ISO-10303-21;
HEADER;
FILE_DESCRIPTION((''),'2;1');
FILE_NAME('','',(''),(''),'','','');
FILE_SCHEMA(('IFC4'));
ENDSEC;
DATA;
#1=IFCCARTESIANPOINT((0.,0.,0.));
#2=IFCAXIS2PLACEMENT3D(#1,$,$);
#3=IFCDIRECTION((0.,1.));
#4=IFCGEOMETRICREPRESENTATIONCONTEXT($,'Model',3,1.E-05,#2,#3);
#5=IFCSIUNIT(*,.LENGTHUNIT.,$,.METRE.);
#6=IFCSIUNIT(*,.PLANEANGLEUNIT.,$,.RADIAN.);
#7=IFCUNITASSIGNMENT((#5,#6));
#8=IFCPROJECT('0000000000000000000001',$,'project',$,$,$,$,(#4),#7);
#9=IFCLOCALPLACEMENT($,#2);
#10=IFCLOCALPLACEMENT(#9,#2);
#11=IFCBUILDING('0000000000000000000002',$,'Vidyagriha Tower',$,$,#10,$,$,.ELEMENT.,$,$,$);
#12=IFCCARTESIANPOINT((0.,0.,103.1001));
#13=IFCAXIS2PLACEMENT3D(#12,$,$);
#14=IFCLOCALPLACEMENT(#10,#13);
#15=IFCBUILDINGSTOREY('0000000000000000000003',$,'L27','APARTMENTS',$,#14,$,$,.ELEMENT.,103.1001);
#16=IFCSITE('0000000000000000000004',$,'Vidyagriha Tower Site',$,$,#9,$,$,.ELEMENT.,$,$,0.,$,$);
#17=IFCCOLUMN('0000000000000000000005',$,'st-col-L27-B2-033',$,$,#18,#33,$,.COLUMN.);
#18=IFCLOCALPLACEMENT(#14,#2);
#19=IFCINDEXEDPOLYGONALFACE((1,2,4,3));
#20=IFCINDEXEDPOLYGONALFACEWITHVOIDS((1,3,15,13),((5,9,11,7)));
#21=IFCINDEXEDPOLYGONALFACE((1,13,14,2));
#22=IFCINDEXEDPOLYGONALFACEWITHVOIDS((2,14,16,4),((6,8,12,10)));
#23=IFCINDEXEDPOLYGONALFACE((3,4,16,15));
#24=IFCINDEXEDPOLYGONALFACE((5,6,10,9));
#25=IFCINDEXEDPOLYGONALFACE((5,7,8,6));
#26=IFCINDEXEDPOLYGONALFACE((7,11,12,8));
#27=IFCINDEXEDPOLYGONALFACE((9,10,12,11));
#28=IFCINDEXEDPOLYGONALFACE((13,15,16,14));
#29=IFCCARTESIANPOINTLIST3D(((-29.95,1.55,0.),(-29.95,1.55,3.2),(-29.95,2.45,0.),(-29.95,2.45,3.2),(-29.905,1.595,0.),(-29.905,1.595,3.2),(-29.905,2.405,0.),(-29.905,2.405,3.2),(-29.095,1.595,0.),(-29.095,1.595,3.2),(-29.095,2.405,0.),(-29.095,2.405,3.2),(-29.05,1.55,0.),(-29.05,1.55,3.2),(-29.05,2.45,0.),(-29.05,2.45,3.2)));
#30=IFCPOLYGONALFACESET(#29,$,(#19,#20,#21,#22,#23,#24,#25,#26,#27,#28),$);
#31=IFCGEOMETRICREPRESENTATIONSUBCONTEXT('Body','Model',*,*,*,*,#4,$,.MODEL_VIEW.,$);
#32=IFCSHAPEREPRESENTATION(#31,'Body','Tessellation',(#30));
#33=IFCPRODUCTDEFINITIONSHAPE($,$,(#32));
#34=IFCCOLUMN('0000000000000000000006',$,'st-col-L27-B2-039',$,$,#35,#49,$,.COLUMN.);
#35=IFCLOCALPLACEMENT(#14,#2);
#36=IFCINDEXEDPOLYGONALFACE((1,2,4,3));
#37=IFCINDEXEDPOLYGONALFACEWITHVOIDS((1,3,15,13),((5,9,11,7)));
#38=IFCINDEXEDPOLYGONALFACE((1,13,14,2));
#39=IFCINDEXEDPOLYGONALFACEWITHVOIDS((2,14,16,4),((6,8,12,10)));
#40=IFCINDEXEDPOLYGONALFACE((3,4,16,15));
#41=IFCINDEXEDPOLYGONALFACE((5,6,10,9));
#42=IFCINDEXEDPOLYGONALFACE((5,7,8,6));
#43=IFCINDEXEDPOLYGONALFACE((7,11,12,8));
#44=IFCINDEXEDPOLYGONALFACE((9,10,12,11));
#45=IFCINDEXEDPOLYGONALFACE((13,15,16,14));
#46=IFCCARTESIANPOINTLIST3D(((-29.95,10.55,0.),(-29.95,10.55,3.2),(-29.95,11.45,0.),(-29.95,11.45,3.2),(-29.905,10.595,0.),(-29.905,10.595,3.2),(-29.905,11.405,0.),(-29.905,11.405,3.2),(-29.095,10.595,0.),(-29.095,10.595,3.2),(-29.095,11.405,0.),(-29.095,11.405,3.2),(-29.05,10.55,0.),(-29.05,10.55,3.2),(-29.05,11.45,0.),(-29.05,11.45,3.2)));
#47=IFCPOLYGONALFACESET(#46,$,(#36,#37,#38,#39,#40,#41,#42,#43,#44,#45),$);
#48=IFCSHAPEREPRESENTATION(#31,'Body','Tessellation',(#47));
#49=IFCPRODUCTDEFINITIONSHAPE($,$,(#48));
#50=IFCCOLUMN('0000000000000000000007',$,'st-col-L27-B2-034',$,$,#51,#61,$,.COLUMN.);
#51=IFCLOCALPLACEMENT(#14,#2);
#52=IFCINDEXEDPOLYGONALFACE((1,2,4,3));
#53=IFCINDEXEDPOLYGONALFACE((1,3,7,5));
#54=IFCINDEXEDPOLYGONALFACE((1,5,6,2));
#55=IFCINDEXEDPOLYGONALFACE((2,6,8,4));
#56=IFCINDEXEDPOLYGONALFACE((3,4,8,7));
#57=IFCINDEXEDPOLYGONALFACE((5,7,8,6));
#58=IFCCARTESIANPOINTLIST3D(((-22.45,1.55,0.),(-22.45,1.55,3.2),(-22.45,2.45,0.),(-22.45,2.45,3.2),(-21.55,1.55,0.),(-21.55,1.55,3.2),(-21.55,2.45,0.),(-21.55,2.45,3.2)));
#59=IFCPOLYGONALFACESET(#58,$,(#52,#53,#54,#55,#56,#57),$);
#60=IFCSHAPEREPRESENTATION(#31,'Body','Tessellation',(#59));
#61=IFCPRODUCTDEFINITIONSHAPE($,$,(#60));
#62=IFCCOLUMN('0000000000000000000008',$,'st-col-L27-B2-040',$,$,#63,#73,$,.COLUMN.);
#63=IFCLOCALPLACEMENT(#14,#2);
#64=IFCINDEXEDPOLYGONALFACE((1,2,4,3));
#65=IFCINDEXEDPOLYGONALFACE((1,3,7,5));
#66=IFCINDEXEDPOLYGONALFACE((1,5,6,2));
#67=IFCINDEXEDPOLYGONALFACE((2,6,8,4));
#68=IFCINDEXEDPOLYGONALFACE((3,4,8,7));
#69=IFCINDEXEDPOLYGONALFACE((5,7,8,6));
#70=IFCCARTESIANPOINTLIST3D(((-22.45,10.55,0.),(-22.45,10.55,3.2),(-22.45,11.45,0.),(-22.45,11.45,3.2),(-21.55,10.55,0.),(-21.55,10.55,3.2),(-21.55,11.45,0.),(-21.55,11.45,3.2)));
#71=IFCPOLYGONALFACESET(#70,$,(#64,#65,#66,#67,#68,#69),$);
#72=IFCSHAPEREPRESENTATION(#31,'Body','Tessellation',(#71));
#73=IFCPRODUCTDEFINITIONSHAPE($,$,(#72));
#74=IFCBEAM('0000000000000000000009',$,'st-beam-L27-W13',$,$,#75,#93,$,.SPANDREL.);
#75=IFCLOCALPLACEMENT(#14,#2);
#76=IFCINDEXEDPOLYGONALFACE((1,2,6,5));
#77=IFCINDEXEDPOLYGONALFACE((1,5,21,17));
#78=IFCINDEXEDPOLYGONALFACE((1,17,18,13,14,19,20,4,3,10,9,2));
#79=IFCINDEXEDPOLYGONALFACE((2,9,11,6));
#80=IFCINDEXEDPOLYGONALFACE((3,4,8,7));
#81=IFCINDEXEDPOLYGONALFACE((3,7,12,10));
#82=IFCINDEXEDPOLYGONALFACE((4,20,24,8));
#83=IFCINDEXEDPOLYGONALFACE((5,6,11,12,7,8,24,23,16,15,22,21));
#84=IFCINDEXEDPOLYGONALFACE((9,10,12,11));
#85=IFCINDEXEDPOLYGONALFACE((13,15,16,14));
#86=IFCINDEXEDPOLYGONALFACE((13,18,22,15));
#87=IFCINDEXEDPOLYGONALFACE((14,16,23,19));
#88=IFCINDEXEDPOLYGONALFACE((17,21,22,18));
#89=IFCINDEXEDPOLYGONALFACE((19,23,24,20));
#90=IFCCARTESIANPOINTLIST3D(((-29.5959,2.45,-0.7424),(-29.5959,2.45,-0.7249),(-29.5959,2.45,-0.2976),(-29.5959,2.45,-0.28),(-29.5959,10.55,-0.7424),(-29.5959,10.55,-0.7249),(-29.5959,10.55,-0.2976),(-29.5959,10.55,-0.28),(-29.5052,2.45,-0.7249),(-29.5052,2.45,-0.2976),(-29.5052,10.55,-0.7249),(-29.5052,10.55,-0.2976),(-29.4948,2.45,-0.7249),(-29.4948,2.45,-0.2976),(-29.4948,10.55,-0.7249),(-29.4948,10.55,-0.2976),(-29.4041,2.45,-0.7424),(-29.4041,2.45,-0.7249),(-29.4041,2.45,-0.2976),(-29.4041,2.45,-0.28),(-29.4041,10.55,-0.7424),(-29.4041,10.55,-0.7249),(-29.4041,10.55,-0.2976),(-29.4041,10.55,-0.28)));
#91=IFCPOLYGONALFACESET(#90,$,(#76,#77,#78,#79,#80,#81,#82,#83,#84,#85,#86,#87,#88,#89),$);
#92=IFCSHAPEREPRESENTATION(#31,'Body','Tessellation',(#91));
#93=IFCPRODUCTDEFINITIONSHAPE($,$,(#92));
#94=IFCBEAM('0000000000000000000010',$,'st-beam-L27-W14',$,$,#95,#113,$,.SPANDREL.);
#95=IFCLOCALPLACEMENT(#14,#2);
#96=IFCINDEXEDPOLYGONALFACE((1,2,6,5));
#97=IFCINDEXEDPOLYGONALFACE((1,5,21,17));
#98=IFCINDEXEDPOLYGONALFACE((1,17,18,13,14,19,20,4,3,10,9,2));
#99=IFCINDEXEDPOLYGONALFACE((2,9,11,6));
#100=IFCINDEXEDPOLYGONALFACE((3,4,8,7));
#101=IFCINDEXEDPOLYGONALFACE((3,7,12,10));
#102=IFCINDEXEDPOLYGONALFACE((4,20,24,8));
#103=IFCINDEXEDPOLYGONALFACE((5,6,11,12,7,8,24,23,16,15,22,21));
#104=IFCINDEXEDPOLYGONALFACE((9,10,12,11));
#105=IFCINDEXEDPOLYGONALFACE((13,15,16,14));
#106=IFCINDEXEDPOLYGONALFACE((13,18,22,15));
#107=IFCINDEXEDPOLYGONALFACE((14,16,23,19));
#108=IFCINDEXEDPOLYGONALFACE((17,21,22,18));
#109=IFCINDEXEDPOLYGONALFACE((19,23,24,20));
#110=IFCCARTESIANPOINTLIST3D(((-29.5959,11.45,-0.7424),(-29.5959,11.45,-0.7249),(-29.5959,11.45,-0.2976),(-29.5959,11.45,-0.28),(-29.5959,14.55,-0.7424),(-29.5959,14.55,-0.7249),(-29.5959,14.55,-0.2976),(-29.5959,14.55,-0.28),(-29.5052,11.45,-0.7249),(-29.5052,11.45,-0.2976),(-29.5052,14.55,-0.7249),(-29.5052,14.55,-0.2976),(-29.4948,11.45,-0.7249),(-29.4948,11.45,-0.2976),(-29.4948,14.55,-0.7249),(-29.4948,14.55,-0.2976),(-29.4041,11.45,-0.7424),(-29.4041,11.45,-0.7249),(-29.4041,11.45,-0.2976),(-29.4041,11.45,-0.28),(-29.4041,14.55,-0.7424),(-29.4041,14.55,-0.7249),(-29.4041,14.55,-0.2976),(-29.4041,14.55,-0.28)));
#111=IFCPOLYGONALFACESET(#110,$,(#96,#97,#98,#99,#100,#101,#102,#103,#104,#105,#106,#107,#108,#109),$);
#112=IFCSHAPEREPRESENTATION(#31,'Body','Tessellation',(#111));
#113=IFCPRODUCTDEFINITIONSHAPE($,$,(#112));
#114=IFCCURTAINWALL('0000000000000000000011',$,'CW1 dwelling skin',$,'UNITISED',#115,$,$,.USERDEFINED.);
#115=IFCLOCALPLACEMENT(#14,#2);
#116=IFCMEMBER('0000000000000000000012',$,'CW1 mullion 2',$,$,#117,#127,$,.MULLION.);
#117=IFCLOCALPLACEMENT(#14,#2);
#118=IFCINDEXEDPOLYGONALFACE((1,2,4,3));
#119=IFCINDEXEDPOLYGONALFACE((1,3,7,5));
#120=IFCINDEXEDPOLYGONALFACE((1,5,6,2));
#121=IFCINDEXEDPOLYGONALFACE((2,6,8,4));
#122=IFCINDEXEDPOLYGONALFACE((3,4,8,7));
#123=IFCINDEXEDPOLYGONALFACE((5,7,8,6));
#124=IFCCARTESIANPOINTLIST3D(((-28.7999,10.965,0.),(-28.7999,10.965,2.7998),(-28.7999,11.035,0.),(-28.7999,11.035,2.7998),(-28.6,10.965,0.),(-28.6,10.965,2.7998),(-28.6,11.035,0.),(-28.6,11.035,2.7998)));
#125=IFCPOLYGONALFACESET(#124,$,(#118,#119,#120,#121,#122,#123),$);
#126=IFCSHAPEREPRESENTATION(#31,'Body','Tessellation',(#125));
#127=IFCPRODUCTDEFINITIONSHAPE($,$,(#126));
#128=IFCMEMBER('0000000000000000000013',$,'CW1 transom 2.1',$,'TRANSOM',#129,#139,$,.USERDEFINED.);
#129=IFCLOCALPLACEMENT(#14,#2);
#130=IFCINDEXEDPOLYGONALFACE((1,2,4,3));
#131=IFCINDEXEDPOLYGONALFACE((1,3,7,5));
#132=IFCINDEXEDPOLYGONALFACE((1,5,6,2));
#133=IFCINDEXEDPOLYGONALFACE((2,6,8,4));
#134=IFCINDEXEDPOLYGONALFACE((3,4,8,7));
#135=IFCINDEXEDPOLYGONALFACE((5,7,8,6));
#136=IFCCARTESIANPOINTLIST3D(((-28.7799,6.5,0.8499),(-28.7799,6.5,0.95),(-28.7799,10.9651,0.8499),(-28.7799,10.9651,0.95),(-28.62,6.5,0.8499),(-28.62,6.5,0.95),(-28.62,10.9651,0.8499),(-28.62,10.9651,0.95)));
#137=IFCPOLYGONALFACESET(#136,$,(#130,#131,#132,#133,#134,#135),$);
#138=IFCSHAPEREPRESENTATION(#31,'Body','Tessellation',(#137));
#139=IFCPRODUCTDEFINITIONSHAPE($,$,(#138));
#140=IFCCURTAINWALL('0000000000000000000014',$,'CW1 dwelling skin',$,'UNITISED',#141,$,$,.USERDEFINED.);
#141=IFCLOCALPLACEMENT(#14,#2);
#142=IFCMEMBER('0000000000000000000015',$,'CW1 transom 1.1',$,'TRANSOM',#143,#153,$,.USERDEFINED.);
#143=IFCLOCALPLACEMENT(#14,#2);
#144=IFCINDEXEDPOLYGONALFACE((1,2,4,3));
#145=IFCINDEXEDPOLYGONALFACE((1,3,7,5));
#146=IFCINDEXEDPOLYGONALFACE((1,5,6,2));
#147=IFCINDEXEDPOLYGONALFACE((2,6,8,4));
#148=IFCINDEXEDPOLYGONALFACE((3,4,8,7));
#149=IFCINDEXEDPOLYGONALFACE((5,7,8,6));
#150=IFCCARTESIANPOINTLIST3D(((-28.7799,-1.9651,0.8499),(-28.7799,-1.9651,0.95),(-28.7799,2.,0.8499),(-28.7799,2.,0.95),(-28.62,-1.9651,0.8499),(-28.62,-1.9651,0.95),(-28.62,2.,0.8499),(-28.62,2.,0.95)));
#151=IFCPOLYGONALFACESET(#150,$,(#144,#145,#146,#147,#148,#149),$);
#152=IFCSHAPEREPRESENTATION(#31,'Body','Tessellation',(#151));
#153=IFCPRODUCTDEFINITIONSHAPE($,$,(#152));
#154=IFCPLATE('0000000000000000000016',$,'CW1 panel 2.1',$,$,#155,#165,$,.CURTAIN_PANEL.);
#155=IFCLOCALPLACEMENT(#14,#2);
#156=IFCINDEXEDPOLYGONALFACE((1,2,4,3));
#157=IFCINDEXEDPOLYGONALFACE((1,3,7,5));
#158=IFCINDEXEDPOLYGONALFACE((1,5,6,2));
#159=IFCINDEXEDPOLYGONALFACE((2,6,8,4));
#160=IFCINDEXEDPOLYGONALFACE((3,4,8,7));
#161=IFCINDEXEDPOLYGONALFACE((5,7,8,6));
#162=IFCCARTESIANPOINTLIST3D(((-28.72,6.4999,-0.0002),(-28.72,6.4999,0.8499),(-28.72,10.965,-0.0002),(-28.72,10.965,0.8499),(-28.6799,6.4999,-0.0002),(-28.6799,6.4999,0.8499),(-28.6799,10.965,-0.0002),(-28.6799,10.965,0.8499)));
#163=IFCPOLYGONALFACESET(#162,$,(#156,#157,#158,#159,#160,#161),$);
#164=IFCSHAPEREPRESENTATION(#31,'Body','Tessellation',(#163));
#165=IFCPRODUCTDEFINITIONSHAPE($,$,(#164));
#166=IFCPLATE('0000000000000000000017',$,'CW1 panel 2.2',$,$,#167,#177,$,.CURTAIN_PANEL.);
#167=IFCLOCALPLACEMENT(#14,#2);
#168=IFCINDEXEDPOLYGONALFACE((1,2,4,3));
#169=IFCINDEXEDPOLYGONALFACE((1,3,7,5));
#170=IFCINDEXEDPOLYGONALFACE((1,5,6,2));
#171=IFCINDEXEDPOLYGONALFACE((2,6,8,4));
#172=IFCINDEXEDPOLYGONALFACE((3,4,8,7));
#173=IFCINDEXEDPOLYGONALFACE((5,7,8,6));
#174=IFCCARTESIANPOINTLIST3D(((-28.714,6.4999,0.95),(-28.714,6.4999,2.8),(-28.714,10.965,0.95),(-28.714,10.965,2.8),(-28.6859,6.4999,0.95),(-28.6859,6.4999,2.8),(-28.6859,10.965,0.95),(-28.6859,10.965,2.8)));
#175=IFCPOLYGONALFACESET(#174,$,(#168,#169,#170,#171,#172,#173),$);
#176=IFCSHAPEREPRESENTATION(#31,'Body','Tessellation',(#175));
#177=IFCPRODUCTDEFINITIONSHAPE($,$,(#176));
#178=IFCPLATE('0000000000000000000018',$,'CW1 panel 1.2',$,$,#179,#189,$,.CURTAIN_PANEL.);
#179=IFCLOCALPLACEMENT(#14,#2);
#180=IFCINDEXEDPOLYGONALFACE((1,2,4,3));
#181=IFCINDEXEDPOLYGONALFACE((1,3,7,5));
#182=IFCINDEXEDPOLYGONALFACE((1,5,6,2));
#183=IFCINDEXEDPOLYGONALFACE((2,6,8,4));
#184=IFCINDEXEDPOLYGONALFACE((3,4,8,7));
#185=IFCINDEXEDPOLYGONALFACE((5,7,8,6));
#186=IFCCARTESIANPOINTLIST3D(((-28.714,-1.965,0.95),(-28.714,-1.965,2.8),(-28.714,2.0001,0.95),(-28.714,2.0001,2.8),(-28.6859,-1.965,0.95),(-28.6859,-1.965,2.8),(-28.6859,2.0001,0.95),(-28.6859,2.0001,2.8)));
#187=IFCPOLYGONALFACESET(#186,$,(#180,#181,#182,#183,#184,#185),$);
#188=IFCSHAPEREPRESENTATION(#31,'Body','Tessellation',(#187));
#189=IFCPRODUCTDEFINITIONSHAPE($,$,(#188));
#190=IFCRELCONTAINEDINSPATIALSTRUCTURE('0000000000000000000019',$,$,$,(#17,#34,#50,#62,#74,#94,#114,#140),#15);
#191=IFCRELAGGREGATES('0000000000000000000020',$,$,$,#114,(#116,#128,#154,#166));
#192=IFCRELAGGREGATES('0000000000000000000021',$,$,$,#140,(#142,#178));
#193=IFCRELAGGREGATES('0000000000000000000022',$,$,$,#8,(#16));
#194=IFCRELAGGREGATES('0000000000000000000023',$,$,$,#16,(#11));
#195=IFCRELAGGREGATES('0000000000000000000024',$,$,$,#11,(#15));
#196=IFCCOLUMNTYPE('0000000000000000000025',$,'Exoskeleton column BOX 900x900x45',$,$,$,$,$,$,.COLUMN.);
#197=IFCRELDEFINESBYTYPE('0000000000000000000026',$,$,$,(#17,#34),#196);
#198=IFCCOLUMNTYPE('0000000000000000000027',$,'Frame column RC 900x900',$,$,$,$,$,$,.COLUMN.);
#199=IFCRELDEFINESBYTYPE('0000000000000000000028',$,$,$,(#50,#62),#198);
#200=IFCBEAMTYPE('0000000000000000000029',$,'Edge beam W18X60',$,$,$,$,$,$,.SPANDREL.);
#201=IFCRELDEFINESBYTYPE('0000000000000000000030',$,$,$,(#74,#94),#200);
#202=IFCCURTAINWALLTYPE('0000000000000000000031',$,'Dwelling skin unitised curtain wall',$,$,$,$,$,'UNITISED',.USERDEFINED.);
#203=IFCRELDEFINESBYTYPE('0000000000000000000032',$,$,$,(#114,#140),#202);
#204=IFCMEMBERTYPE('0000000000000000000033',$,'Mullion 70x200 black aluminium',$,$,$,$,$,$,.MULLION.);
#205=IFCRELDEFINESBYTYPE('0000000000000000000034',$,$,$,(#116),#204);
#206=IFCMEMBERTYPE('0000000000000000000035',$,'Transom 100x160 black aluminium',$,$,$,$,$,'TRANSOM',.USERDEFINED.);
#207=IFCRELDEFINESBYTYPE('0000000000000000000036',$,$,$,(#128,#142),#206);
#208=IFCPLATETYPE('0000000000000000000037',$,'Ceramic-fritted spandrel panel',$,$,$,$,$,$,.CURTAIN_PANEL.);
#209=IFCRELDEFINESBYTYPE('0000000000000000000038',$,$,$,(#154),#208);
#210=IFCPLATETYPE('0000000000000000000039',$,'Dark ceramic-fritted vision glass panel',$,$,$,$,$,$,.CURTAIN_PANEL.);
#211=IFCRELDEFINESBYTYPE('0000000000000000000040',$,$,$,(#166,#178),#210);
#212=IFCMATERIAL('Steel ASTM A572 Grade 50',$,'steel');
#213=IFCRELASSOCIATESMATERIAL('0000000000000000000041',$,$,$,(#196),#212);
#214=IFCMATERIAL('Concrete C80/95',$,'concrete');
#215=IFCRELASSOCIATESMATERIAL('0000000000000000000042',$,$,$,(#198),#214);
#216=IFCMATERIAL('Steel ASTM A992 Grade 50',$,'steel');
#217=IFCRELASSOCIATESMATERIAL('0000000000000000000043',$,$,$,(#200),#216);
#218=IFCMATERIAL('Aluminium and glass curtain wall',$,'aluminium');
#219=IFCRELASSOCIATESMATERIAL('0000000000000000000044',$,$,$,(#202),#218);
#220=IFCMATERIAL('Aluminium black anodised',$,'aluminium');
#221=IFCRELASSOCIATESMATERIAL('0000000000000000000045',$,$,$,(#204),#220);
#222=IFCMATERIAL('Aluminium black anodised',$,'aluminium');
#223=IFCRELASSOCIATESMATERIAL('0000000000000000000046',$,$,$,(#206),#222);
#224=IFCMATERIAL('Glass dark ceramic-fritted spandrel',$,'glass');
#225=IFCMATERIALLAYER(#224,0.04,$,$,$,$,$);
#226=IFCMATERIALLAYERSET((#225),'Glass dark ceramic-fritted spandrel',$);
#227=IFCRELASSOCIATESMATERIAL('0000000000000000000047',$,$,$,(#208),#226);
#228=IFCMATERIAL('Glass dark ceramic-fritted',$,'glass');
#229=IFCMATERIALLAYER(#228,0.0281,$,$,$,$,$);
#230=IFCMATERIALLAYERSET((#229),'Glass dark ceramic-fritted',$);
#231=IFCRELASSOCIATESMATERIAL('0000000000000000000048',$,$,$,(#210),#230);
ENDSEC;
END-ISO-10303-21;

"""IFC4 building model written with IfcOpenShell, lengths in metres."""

from ifc_helpers import new_model, si_unit, direction, frame, origin, origin_2d, place, context, subcontext, project, spatial, rectangle, hollow_rectangle, i_section, extrude, material, layer, layer_set, material_profile, profile_set, type_object, element, aggregate, save


model = new_model("IFC4")

# Units and contexts
model_context = context("Model", 3, precision=1e-05, world=origin(), true_north=direction((0.0, 1.0)))
body_context = subcontext(model_context, "Body", "Model", "MODEL_VIEW")
ifc_project = project(units=[si_unit("LENGTHUNIT", "METRE"), si_unit("PLANEANGLEUNIT", "RADIAN")], contexts=[model_context])

# Site, building, storey
site_placement = place(None, origin())
site = spatial("IfcSite", under=ifc_project, at=site_placement, Name="Vidyagriha Tower Site", CompositionType="ELEMENT", RefElevation=0.0)
building_placement = place(site_placement, origin())
building = spatial("IfcBuilding", under=site, at=building_placement, Name="Vidyagriha Tower", CompositionType="ELEMENT")
storey_placement = place(building_placement, frame((0.0, 0.0, 103.1001)))
storey = spatial("IfcBuildingStorey", under=building, at=storey_placement, Name="L27", Description="APARTMENTS", CompositionType="ELEMENT", Elevation=103.1001)

# Columns
ifc_material_1 = material(Name="Steel ASTM A572 Grade 50", Category="steel")
ifc_material_profile_1 = material_profile(ifc_material_1, hollow_rectangle(XDim=0.8999, YDim=0.8999, WallThickness=0.0449, at=origin_2d()), Name="BOX 900x900x45")
ifc_profile_set_1 = profile_set([ifc_material_profile_1], Name="Steel ASTM A572 Grade 50")
column_type_1 = type_object("IfcColumnType", Name="Exoskeleton column BOX 900x900x45", PredefinedType="COLUMN", material=ifc_profile_set_1)
for number, where, name in (
    (1, (-29.5, 2.0, 0.0), "st-col-L27-B2-033"),
    (2, (-29.5, 11.0, 0.0), "st-col-L27-B2-039"),
):
    element("IfcColumn", number, at=place(storey_placement, frame(where)), inside=storey, type_object=column_type_1, Name=name, PredefinedType="COLUMN", context=body_context, shape_type="SweptSolid", body=[
        extrude(hollow_rectangle(XDim=0.8999, YDim=0.8999, WallThickness=0.0449, at=origin_2d()), origin(), (0.0, 0.0, 1.0), 3.2),
    ])
ifc_material_2 = material(Name="Concrete C80/95", Category="concrete")
ifc_material_profile_2 = material_profile(ifc_material_2, rectangle(XDim=0.8999, YDim=0.8999, at=origin_2d()), Name="RC 900x900")
ifc_profile_set_2 = profile_set([ifc_material_profile_2], Name="Concrete C80/95")
column_type_2 = type_object("IfcColumnType", Name="Frame column RC 900x900", PredefinedType="COLUMN", material=ifc_profile_set_2)
for number, where, name in (
    (3, (-22.0, 2.0, 0.0), "st-col-L27-B2-034"),
    (4, (-22.0, 11.0, 0.0), "st-col-L27-B2-040"),
):
    element("IfcColumn", number, at=place(storey_placement, frame(where)), inside=storey, type_object=column_type_2, Name=name, PredefinedType="COLUMN", context=body_context, shape_type="SweptSolid", body=[
        extrude(rectangle(XDim=0.8999, YDim=0.8999, at=origin_2d()), origin(), (0.0, 0.0, 1.0), 3.2),
    ])

# Beams
ifc_material_3 = material(Name="Steel ASTM A992 Grade 50", Category="steel")
ifc_material_profile_3 = material_profile(ifc_material_3, i_section(OverallWidth=0.1919, OverallDepth=0.4624, WebThickness=0.0105, FlangeThickness=0.0176, at=origin_2d()), Name="W18X60")
ifc_profile_set_3 = profile_set([ifc_material_profile_3], Name="Steel ASTM A992 Grade 50")
beam_type = type_object("IfcBeamType", Name="Edge beam W18X60", PredefinedType="SPANDREL", material=ifc_profile_set_3)
beam_1_placement = place(storey_placement, frame((-29.5, 2.45, -0.5112), z_axis=(0.0, 1.0, 0.0), x_axis=(-1.0, 0.0, 0.0)))
element("IfcBeam", 5, at=beam_1_placement, inside=storey, type_object=beam_type, Name="st-beam-L27-W13", PredefinedType="SPANDREL", context=body_context, shape_type="SweptSolid", body=[
    extrude(i_section(OverallWidth=0.1919, OverallDepth=0.4624, WebThickness=0.0105, FlangeThickness=0.0176, at=origin_2d()), origin(), (0.0, 0.0, 1.0), 8.1001),
])
beam_2_placement = place(storey_placement, frame((-29.5, 11.45, -0.5112), z_axis=(0.0, 1.0, 0.0), x_axis=(-1.0, 0.0, 0.0)))
element("IfcBeam", 6, at=beam_2_placement, inside=storey, type_object=beam_type, Name="st-beam-L27-W14", PredefinedType="SPANDREL", context=body_context, shape_type="SweptSolid", body=[
    extrude(i_section(OverallWidth=0.1919, OverallDepth=0.4624, WebThickness=0.0105, FlangeThickness=0.0176, at=origin_2d()), origin(), (0.0, 0.0, 1.0), 3.1001),
])

# Curtain wall, members
ifc_material_4 = material(Name="Aluminium and glass curtain wall", Category="aluminium")
curtain_wall_type = type_object("IfcCurtainWallType", Name="Dwelling skin unitised curtain wall", ElementType="UNITISED", PredefinedType="USERDEFINED", material=ifc_material_4)
curtain_wall_1_placement = place(storey_placement, origin())
curtain_wall_1 = element("IfcCurtainWall", 7, at=curtain_wall_1_placement, inside=storey, type_object=curtain_wall_type, Name="CW1 dwelling skin", ObjectType="UNITISED", PredefinedType="USERDEFINED")
ifc_material_5 = material(Name="Aluminium black anodised", Category="aluminium")
ifc_material_profile_4 = material_profile(ifc_material_5, rectangle(XDim=0.2, YDim=0.0701, at=origin_2d()), Name="Mullion 70x200 black aluminium")
ifc_profile_set_4 = profile_set([ifc_material_profile_4], Name="Aluminium black anodised")
member_type_1 = type_object("IfcMemberType", Name="Mullion 70x200 black aluminium", PredefinedType="MULLION", material=ifc_profile_set_4)
member_1_placement = place(storey_placement, frame((-28.7, 11.0, 0.0)))
member_1 = element("IfcMember", 8, at=member_1_placement, type_object=member_type_1, Name="CW1 mullion 2", PredefinedType="MULLION", context=body_context, shape_type="SweptSolid", body=[
    extrude(rectangle(XDim=0.2, YDim=0.0701, at=origin_2d()), origin(), (0.0, 0.0, 1.0), 2.7998),
])
ifc_material_6 = material(Name="Aluminium black anodised", Category="aluminium")
ifc_material_profile_5 = material_profile(ifc_material_6, rectangle(XDim=0.1599, YDim=0.1001, at=origin_2d()), Name="Transom 100x160 black aluminium")
ifc_profile_set_5 = profile_set([ifc_material_profile_5], Name="Aluminium black anodised")
member_type_2 = type_object("IfcMemberType", Name="Transom 100x160 black aluminium", ElementType="TRANSOM", PredefinedType="USERDEFINED", material=ifc_profile_set_5)
member_2_placement = place(storey_placement, frame((-28.7, 10.9651, 0.8999), z_axis=(0.0, -1.0, 0.0), x_axis=(1.0, 0.0, 0.0)))
member_2 = element("IfcMember", 9, at=member_2_placement, type_object=member_type_2, Name="CW1 transom 2.1", ObjectType="TRANSOM", PredefinedType="USERDEFINED", context=body_context, shape_type="SweptSolid", body=[
    extrude(rectangle(XDim=0.1599, YDim=0.1001, at=origin_2d()), origin(), (0.0, 0.0, 1.0), 4.4651),
])

# Curtain wall, member
curtain_wall_2_placement = place(storey_placement, origin())
curtain_wall_2 = element("IfcCurtainWall", 10, at=curtain_wall_2_placement, inside=storey, type_object=curtain_wall_type, Name="CW1 dwelling skin", ObjectType="UNITISED", PredefinedType="USERDEFINED")
member_3_placement = place(storey_placement, frame((-28.7, 2.0, 0.8999), z_axis=(0.0, -1.0, 0.0), x_axis=(1.0, 0.0, 0.0)))
member_3 = element("IfcMember", 11, at=member_3_placement, type_object=member_type_2, Name="CW1 transom 1.1", ObjectType="TRANSOM", PredefinedType="USERDEFINED", context=body_context, shape_type="SweptSolid", body=[
    extrude(rectangle(XDim=0.1599, YDim=0.1001, at=origin_2d()), origin(), (0.0, 0.0, 1.0), 3.9651),
])

# Plates
ifc_material_7 = material(Name="Glass dark ceramic-fritted spandrel", Category="glass")
ifc_layer_1 = layer(ifc_material_7, 0.04)
ifc_layer_set_1 = layer_set([ifc_layer_1], Name="Glass dark ceramic-fritted spandrel")
plate_type_1 = type_object("IfcPlateType", Name="Ceramic-fritted spandrel panel", PredefinedType="CURTAIN_PANEL", material=ifc_layer_set_1)
plate_1_placement = place(storey_placement, frame((-28.7, 8.7324, -0.0002), z_axis=(0.0, 0.0, 1.0), x_axis=(0.0, -1.0, 0.0)))
plate_1 = element("IfcPlate", 12, at=plate_1_placement, type_object=plate_type_1, Name="CW1 panel 2.1", PredefinedType="CURTAIN_PANEL", context=body_context, shape_type="SweptSolid", body=[
    extrude(rectangle(XDim=4.4651, YDim=0.04, at=origin_2d()), origin(), (0.0, 0.0, 1.0), 0.8501),
])
ifc_material_8 = material(Name="Glass dark ceramic-fritted", Category="glass")
ifc_layer_2 = layer(ifc_material_8, 0.0281)
ifc_layer_set_2 = layer_set([ifc_layer_2], Name="Glass dark ceramic-fritted")
plate_type_2 = type_object("IfcPlateType", Name="Dark ceramic-fritted vision glass panel", PredefinedType="CURTAIN_PANEL", material=ifc_layer_set_2)
plate_2_placement = place(storey_placement, frame((-28.7, 8.7324, 0.95), z_axis=(0.0, 0.0, 1.0), x_axis=(0.0, -1.0, 0.0)))
plate_2 = element("IfcPlate", 13, at=plate_2_placement, type_object=plate_type_2, Name="CW1 panel 2.2", PredefinedType="CURTAIN_PANEL", context=body_context, shape_type="SweptSolid", body=[
    extrude(rectangle(XDim=4.4651, YDim=0.0281, at=origin_2d()), origin(), (0.0, 0.0, 1.0), 1.8501),
])
aggregate(curtain_wall_1, [member_1, member_2, plate_1, plate_2])
plate_3_placement = place(storey_placement, frame((-28.7, 0.0176, 0.95), z_axis=(0.0, 0.0, 1.0), x_axis=(0.0, -1.0, 0.0)))
plate_3 = element("IfcPlate", 14, at=plate_3_placement, type_object=plate_type_2, Name="CW1 panel 1.2", PredefinedType="CURTAIN_PANEL", context=body_context, shape_type="SweptSolid", body=[
    extrude(rectangle(XDim=3.9651, YDim=0.0281, at=origin_2d()), origin(), (0.0, 0.0, 1.0), 1.8501),
])
aggregate(curtain_wall_2, [member_3, plate_3])

save(model, "model.ifc")
